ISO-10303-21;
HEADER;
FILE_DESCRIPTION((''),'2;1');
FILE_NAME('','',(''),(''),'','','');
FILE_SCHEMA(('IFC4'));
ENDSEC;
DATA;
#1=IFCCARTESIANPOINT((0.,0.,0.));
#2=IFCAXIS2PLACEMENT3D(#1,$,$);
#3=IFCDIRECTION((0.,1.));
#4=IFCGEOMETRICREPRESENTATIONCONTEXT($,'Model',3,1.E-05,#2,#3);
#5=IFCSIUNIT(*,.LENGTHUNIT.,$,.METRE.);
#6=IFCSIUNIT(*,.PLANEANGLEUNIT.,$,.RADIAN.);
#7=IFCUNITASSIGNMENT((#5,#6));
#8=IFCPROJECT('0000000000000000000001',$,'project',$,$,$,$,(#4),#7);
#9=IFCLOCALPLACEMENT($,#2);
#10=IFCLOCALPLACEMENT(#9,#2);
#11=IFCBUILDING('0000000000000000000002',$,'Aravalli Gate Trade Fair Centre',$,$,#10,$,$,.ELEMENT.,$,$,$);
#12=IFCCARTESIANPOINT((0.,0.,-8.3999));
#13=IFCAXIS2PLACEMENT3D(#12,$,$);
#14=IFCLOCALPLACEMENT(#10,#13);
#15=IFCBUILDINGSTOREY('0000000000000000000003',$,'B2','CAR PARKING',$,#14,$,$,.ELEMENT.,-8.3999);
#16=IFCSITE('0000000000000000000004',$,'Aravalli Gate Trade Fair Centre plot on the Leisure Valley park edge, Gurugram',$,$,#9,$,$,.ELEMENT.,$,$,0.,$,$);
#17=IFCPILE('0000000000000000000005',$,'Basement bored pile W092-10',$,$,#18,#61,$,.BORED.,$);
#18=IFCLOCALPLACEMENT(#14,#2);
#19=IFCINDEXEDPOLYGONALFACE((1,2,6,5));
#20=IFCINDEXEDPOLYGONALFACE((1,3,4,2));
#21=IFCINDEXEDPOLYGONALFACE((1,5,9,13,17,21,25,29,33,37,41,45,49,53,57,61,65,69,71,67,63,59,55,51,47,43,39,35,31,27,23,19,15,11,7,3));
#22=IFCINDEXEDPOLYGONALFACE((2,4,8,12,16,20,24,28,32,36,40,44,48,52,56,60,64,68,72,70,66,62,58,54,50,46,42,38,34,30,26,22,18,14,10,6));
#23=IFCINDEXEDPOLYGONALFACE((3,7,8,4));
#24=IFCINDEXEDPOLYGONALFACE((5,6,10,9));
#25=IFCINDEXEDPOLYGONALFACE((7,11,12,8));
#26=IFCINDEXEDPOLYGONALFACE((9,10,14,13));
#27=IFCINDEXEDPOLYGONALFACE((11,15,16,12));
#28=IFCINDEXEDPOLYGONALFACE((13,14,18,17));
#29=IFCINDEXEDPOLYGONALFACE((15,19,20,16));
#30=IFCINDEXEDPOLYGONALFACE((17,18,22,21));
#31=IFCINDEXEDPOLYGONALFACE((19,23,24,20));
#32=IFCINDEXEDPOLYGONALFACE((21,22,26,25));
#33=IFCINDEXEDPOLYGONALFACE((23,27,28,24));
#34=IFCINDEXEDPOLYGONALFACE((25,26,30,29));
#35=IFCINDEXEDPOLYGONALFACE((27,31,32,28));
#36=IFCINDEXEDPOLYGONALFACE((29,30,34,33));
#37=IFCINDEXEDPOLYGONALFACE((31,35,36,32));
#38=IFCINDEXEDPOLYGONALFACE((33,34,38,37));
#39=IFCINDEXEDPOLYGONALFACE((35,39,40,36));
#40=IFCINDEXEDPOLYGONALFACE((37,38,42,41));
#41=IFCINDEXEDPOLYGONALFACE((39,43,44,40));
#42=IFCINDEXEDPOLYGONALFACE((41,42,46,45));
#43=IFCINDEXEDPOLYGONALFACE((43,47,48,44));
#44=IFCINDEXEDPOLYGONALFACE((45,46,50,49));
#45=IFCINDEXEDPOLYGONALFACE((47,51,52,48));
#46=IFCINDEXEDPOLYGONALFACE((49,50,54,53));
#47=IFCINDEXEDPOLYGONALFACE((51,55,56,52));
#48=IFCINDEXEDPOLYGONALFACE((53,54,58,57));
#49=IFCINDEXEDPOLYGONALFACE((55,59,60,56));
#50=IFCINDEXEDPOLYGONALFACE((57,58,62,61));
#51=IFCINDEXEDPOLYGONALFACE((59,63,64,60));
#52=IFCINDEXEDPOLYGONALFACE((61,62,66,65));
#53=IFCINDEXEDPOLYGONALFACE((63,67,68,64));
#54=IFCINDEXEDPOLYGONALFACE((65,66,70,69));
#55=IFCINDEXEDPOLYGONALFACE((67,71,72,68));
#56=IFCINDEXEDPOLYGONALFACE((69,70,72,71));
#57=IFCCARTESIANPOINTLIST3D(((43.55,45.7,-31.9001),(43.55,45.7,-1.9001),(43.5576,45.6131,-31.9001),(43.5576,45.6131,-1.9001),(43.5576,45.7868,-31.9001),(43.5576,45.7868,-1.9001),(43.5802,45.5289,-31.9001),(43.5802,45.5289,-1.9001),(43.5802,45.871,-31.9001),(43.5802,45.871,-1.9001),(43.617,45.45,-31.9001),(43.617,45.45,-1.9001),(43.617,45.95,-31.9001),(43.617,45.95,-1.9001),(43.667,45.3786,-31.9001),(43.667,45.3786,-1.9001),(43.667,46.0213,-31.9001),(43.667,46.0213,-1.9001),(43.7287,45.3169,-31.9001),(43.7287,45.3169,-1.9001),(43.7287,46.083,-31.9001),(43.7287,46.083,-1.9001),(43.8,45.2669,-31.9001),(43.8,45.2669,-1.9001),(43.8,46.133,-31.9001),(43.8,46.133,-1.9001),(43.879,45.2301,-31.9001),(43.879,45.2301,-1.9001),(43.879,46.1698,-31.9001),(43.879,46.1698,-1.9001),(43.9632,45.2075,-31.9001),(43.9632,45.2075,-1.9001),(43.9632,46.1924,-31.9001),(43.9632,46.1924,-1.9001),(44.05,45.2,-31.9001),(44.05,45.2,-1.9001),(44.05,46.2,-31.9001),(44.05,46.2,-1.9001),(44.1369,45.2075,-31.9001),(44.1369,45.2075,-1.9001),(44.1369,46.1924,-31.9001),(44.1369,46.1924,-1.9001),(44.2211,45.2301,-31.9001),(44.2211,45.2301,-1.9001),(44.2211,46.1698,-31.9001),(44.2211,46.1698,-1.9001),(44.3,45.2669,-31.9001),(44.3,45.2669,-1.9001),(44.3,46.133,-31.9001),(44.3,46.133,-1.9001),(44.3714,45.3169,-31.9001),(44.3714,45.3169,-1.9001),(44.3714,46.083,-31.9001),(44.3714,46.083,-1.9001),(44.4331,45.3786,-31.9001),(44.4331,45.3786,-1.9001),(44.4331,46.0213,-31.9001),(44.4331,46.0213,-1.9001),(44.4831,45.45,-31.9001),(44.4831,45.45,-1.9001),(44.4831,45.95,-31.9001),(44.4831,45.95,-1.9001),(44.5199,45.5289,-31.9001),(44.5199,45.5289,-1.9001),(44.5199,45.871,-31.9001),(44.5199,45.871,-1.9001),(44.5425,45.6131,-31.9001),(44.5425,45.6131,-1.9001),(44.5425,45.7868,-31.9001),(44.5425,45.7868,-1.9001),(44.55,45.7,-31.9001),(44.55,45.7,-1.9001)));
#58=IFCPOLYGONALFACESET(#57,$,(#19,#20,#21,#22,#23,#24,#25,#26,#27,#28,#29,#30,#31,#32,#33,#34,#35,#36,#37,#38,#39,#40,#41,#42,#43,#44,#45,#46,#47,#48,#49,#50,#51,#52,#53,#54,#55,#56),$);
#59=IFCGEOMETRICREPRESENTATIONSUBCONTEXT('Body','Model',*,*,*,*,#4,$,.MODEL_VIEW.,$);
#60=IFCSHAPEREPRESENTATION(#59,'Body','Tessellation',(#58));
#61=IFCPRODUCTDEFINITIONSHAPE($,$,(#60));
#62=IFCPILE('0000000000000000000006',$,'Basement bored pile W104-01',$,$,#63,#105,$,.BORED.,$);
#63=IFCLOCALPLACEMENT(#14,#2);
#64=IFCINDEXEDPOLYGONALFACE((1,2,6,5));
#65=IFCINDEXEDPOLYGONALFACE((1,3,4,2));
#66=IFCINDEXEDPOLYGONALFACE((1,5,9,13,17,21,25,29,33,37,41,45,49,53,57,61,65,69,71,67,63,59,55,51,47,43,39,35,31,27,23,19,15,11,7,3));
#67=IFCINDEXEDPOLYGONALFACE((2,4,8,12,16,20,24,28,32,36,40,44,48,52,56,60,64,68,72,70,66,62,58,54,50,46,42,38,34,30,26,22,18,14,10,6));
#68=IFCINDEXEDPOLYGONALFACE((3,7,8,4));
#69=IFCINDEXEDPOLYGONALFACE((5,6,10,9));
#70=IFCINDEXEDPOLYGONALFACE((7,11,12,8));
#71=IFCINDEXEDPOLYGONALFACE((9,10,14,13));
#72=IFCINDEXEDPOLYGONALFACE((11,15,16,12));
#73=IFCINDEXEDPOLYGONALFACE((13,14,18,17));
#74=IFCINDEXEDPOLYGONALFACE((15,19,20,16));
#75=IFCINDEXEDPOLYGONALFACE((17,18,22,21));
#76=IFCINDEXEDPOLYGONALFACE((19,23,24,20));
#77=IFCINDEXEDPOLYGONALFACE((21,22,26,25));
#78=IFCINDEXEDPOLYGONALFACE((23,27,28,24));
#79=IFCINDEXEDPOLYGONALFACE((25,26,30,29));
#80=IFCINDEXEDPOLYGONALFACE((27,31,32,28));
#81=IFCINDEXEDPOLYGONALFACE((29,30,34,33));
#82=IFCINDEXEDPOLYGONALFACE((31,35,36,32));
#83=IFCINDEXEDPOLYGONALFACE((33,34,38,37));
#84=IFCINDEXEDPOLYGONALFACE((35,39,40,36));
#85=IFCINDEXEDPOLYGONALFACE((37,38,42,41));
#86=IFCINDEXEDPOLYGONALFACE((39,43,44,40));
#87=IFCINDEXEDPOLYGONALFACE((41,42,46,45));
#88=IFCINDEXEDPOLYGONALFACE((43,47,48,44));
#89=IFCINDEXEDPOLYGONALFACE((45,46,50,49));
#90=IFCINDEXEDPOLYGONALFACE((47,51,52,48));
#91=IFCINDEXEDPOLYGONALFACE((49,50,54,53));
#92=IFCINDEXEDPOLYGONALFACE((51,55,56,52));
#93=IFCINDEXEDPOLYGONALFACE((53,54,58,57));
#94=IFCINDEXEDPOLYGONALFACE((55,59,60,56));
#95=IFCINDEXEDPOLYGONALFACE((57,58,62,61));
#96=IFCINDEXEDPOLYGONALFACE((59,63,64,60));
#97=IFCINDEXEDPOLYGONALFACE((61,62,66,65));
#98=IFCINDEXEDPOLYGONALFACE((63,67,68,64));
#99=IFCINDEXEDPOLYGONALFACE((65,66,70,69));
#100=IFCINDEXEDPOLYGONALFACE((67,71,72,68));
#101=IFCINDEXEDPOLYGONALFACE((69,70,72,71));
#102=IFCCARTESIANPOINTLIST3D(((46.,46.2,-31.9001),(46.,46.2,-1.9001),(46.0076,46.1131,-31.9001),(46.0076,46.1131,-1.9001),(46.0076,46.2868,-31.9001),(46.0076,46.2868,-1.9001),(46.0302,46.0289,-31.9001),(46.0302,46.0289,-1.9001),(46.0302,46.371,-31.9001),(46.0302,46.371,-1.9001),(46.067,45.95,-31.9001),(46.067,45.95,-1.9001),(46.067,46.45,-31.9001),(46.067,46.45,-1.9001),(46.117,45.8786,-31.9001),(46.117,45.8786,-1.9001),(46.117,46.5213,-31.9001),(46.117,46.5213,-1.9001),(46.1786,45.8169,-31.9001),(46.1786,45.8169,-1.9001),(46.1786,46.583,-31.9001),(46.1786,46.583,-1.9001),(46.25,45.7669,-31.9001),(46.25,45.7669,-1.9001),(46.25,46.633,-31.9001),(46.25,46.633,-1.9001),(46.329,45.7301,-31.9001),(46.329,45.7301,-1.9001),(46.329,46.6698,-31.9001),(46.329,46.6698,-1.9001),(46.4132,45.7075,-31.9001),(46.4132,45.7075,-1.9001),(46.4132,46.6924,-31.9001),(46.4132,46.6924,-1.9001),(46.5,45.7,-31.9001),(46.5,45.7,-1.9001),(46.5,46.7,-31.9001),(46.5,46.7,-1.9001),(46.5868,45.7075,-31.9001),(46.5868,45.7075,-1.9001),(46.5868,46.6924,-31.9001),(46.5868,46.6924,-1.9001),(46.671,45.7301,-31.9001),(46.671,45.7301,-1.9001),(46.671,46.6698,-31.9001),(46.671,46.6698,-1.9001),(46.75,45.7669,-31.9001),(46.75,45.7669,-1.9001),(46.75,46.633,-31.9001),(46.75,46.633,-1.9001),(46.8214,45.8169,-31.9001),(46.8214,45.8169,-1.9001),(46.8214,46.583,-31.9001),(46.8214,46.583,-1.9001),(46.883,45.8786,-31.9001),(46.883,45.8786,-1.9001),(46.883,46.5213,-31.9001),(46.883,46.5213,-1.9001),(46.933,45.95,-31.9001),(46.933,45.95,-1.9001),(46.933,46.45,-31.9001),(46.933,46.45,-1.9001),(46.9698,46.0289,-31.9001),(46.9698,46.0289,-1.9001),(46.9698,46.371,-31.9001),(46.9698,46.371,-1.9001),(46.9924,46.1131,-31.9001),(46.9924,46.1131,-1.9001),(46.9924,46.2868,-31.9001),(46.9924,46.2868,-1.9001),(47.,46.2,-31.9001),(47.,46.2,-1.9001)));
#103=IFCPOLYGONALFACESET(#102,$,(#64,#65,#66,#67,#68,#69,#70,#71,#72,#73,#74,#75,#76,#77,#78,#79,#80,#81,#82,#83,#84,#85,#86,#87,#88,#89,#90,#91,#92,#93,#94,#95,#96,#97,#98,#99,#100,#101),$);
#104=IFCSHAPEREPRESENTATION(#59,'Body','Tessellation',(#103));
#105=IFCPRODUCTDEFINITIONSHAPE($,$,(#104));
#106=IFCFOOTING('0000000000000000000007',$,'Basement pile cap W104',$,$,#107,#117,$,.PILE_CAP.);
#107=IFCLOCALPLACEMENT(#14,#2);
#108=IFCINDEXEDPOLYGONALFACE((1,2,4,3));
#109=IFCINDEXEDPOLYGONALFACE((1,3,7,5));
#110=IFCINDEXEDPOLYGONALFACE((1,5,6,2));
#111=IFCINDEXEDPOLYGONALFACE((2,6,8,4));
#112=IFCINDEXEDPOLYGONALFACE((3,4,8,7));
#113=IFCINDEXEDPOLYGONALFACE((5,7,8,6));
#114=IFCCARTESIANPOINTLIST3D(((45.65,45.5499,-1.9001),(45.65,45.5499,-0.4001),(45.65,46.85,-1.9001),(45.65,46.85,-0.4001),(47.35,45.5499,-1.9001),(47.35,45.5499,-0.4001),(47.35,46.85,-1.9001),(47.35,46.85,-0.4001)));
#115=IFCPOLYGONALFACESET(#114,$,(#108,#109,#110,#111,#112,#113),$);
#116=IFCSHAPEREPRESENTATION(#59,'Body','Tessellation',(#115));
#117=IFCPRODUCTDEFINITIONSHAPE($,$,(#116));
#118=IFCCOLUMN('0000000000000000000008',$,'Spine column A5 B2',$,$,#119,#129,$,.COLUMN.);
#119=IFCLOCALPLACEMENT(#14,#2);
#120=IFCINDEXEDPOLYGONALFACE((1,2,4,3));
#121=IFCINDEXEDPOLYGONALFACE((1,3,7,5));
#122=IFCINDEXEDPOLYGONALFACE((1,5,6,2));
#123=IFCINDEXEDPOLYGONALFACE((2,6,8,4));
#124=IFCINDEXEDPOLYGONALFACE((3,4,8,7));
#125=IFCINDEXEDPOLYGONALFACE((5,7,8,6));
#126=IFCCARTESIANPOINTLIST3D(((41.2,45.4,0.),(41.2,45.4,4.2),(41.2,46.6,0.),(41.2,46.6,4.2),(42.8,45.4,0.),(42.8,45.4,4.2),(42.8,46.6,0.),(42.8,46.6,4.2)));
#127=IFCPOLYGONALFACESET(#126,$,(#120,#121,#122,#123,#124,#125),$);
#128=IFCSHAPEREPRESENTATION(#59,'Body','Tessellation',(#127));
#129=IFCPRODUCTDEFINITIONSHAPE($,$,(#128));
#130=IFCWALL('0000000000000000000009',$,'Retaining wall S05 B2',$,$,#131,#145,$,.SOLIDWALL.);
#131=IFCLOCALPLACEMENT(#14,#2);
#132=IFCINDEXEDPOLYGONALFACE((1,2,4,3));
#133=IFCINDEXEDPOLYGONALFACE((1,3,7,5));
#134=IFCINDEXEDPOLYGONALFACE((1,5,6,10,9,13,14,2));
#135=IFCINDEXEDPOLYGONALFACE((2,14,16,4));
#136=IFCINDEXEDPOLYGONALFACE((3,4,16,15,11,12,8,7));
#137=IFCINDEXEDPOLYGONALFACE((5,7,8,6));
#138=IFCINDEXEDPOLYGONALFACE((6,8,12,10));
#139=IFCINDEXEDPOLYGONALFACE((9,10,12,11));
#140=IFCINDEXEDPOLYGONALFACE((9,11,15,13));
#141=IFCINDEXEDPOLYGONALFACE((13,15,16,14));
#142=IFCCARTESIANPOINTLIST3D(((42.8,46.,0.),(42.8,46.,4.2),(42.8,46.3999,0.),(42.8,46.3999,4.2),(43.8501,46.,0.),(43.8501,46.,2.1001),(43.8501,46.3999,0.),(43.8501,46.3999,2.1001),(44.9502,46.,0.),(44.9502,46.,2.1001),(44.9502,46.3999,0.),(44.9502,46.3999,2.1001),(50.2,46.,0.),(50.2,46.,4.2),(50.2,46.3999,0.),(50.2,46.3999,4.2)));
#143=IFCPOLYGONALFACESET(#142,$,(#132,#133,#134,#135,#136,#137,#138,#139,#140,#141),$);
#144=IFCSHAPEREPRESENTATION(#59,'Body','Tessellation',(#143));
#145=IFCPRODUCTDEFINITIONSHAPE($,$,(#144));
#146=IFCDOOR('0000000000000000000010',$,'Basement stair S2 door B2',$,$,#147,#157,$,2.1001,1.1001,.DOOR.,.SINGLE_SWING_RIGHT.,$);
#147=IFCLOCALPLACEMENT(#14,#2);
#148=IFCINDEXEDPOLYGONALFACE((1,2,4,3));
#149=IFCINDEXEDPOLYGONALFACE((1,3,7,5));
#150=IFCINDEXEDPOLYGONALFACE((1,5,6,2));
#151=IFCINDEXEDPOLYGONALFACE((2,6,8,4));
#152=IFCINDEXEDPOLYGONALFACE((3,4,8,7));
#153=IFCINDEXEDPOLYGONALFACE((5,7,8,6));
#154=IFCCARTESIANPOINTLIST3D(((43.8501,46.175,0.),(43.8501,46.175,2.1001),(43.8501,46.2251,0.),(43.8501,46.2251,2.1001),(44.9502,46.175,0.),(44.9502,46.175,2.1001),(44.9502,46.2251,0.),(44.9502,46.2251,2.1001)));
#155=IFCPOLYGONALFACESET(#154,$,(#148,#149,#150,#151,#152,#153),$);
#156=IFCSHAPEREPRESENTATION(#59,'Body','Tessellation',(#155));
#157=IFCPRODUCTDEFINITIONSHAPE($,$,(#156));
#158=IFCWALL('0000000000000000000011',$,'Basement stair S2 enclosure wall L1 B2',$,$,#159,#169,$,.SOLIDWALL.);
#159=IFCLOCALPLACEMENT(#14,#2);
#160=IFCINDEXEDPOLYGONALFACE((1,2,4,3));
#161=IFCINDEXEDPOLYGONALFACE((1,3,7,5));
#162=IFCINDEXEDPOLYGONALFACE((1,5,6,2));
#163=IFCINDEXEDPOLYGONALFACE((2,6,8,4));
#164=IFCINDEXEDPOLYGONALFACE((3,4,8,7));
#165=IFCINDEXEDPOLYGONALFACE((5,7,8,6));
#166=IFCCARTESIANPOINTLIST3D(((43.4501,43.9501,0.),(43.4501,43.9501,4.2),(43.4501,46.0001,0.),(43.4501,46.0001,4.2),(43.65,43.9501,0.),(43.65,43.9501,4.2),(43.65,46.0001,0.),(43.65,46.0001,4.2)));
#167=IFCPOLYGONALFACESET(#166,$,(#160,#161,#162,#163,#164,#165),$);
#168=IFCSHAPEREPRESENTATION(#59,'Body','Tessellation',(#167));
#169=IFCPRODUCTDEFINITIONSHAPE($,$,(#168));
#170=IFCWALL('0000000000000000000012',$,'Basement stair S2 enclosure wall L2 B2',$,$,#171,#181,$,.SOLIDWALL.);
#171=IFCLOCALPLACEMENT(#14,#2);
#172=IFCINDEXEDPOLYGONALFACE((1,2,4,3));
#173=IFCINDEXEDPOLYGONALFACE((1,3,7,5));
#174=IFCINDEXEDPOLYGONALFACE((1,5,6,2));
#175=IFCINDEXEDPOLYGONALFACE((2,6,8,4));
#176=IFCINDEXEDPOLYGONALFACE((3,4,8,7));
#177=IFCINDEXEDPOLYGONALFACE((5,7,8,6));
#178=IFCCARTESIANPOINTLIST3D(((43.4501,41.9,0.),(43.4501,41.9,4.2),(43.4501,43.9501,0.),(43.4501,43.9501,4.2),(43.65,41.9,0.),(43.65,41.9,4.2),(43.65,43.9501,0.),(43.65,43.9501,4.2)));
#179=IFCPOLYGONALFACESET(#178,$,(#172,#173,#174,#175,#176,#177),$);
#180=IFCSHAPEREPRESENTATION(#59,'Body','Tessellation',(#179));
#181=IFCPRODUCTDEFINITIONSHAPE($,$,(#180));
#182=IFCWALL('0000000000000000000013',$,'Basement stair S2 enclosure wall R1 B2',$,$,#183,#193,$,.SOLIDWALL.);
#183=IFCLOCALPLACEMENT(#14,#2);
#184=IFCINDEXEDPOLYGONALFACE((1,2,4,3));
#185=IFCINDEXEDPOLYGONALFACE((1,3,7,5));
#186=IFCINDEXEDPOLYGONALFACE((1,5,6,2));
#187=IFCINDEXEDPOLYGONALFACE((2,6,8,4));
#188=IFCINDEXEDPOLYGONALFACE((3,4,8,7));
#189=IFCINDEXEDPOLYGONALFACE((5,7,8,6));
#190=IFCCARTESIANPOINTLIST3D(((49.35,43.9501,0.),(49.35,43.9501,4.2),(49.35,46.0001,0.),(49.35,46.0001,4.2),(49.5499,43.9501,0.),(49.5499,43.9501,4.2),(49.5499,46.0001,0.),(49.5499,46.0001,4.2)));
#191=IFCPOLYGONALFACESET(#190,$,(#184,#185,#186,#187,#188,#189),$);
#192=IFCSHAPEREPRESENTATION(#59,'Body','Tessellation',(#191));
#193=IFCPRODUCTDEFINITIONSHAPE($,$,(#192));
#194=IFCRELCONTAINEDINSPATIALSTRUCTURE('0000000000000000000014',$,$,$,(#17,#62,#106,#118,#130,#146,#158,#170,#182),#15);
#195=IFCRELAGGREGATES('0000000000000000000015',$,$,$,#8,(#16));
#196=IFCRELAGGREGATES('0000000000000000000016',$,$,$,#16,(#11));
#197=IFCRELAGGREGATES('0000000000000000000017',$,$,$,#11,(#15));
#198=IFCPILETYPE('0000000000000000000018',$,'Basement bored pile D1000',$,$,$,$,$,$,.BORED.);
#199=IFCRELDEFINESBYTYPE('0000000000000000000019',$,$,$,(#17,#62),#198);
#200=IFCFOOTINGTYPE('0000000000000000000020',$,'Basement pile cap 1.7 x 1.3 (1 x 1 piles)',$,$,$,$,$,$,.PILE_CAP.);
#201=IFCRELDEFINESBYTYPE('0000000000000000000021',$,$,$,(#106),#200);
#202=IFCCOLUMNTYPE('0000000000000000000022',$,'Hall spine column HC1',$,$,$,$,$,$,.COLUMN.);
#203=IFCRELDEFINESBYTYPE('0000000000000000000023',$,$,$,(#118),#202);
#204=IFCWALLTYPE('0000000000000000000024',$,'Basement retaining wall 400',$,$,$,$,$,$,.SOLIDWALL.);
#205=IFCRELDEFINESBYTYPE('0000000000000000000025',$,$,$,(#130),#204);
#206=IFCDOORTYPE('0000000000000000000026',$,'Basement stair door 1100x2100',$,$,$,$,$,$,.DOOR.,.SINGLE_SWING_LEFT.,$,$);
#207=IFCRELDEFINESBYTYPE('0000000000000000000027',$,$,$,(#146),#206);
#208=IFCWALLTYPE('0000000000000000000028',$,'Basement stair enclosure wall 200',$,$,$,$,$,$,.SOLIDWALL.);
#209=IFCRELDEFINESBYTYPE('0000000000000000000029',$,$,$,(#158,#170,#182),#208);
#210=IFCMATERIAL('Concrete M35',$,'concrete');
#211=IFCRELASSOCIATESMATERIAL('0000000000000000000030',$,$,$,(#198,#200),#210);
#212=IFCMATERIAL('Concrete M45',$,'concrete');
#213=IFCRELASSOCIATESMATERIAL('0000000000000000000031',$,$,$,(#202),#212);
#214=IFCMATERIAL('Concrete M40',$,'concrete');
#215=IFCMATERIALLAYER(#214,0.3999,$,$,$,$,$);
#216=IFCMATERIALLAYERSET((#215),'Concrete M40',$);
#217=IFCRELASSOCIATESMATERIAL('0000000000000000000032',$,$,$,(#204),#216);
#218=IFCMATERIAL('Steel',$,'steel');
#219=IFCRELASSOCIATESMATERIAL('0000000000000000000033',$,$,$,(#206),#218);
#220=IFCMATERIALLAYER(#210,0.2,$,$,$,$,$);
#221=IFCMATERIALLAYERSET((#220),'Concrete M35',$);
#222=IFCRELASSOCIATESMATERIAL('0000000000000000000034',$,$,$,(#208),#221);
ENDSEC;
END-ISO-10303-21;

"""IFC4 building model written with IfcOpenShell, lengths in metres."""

from ifc_helpers import new_model, si_unit, direction, frame, frame_2d, origin, origin_2d, place, context, subcontext, project, spatial, rectangle, circle, extrude, material, layer, layer_set, material_profile, profile_set, type_object, element, fill, save


model = new_model("IFC4")

# Units and contexts
model_context = context("Model", 3, precision=1e-05, world=origin(), true_north=direction((0.0, 1.0)))
body_context = subcontext(model_context, "Body", "Model", "MODEL_VIEW")
ifc_project = project(units=[si_unit("LENGTHUNIT", "METRE"), si_unit("PLANEANGLEUNIT", "RADIAN")], contexts=[model_context])

# Site, building, storey
site_placement = place(None, origin())
site = spatial("IfcSite", under=ifc_project, at=site_placement, Name="Aravalli Gate Trade Fair Centre plot on the Leisure Valley park edge, Gurugram", CompositionType="ELEMENT", RefElevation=0.0)
building_placement = place(site_placement, origin())
building = spatial("IfcBuilding", under=site, at=building_placement, Name="Aravalli Gate Trade Fair Centre", CompositionType="ELEMENT")
storey_placement = place(building_placement, frame((0.0, 0.0, -8.3999)))
storey = spatial("IfcBuildingStorey", under=building, at=storey_placement, Name="B2", Description="CAR PARKING", CompositionType="ELEMENT", Elevation=-8.3999)

# Piles
ifc_material_1 = material(Name="Concrete M35", Category="concrete")
ifc_material_profile_1 = material_profile(ifc_material_1, circle(Radius=0.5, at=origin_2d()), Name="D1000")
ifc_profile_set_1 = profile_set([ifc_material_profile_1], Name="Concrete M35")
pile_type = type_object("IfcPileType", Name="Basement bored pile D1000", PredefinedType="BORED", material=ifc_profile_set_1)
for number, where, z_axis, x_axis, name in (
    (1, (44.05, 45.7, -1.9001), (0.0, 0.0, -1.0), (1.0, 0.0, 0.0), "Basement bored pile W092-10"),
    (2, (46.5, 46.2, -1.9001), (0.0, 0.0, -1.0), (1.0, 0.0, 0.0), "Basement bored pile W104-01"),
):
    element("IfcPile", number, at=place(storey_placement, frame(where, z_axis=z_axis, x_axis=x_axis)), inside=storey, type_object=pile_type, Name=name, PredefinedType="BORED", context=body_context, shape_type="SweptSolid", body=[
        extrude(circle(Radius=0.5, at=origin_2d()), origin(), (0.0, 0.0, 1.0), 30.0),
    ])

# Footing
footing_type = type_object("IfcFootingType", Name="Basement pile cap 1.7 x 1.3 (1 x 1 piles)", PredefinedType="PILE_CAP", material=ifc_material_1)
footing_placement = place(storey_placement, frame((46.5, 46.2, -1.9001), z_axis=(0.0, 0.0, 1.0), x_axis=(1.0, 0.0, 0.0)))
element("IfcFooting", 3, at=footing_placement, inside=storey, type_object=footing_type, Name="Basement pile cap W104", PredefinedType="PILE_CAP", context=body_context, shape_type="SweptSolid", body=[
    extrude(rectangle(XDim=1.7, YDim=1.3, at=origin_2d()), origin(), (0.0, 0.0, 1.0), 1.5),
])

# Column
ifc_material_2 = material(Name="Concrete M45", Category="concrete")
ifc_material_profile_2 = material_profile(ifc_material_2, rectangle(XDim=1.6001, YDim=1.2, at=origin_2d()), Name="RC 1600x1200")
ifc_profile_set_2 = profile_set([ifc_material_profile_2], Name="Concrete M45")
column_type = type_object("IfcColumnType", Name="Hall spine column HC1", PredefinedType="COLUMN", material=ifc_profile_set_2)
column_placement = place(storey_placement, frame((42.0, 46.0, 0.0), z_axis=(0.0, 0.0, 1.0), x_axis=(1.0, 0.0, 0.0)))
element("IfcColumn", 4, at=column_placement, inside=storey, type_object=column_type, Name="Spine column A5 B2", PredefinedType="COLUMN", context=body_context, shape_type="SweptSolid", body=[
    extrude(rectangle(XDim=1.6001, YDim=1.2, at=origin_2d()), origin(), (0.0, 0.0, 1.0), 4.2),
])

# Wall, opening, door
ifc_material_3 = material(Name="Concrete M40", Category="concrete")
ifc_layer_1 = layer(ifc_material_3, 0.3999)
ifc_layer_set_1 = layer_set([ifc_layer_1], Name="Concrete M40")
wall_type_1 = type_object("IfcWallType", Name="Basement retaining wall 400", PredefinedType="SOLIDWALL", material=ifc_layer_set_1)
wall_1_placement = place(storey_placement, frame((42.8, 46.2, 0.0), z_axis=(0.0, 0.0, 1.0), x_axis=(1.0, 0.0, 0.0)))
wall_1 = element("IfcWall", 5, at=wall_1_placement, inside=storey, type_object=wall_type_1, Name="Retaining wall S05 B2", PredefinedType="SOLIDWALL", context=body_context, shape_type="SweptSolid", body=[
    extrude(rectangle(XDim=7.3999, YDim=0.3999, at=frame_2d((3.7, 0.0))), origin(), (0.0, 0.0, 1.0), 4.2),
])
opening_placement = place(wall_1_placement, frame((1.05, 0.0, 0.0)))
opening = element("IfcOpeningElement", 6, at=opening_placement, cuts=wall_1, PredefinedType="OPENING", context=body_context, shape_type="SweptSolid", body=[
    extrude(rectangle(XDim=1.1001, YDim=2.1001, at=frame_2d((0.55, 1.05))), frame((0.0, 0.21, 0.0), z_axis=(0.0, -1.0, 0.0), x_axis=(1.0, 0.0, 0.0)), (0.0, 0.0, 1.0), 0.4199),
])
ifc_material_4 = material(Name="Steel", Category="steel")
door_type = type_object("IfcDoorType", Name="Basement stair door 1100x2100", OperationType="SINGLE_SWING_LEFT", PredefinedType="DOOR", material=ifc_material_4)
door_placement = place(opening_placement, frame((1.1001, 0.0, 0.0), z_axis=(0.0, 0.0, 1.0), x_axis=(-1.0, 0.0, 0.0)))
door = element("IfcDoor", 7, at=door_placement, inside=storey, type_object=door_type, Name="Basement stair S2 door B2", OperationType="SINGLE_SWING_RIGHT", OverallHeight=2.1001, OverallWidth=1.1001, PredefinedType="DOOR", context=body_context, shape_type="SweptSolid", body=[
    extrude(rectangle(XDim=1.1001, YDim=2.1001, at=frame_2d((0.55, 1.05))), frame((0.0, 0.0249, 0.0), z_axis=(0.0, -1.0, 0.0), x_axis=(1.0, 0.0, 0.0)), (0.0, 0.0, 1.0), 0.05),
])
fill(opening, door)

# Walls
ifc_layer_2 = layer(ifc_material_1, 0.2)
ifc_layer_set_2 = layer_set([ifc_layer_2], Name="Concrete M35")
wall_type_2 = type_object("IfcWallType", Name="Basement stair enclosure wall 200", PredefinedType="SOLIDWALL", material=ifc_layer_set_2)
for number, where, z_axis, x_axis, name in (
    (8, (43.55, 46.0, 0.0), (0.0, 0.0, 1.0), (0.0, -1.0, 0.0), "Basement stair S2 enclosure wall L1 B2"),
    (9, (43.55, 43.95, 0.0), (0.0, 0.0, 1.0), (0.0, -1.0, 0.0), "Basement stair S2 enclosure wall L2 B2"),
    (10, (49.45, 46.0, 0.0), (0.0, 0.0, 1.0), (0.0, -1.0, 0.0), "Basement stair S2 enclosure wall R1 B2"),
):
    element("IfcWall", number, at=place(storey_placement, frame(where, z_axis=z_axis, x_axis=x_axis)), inside=storey, type_object=wall_type_2, Name=name, PredefinedType="SOLIDWALL", context=body_context, shape_type="SweptSolid", body=[
        extrude(rectangle(XDim=2.05, YDim=0.2, at=frame_2d((1.0249, 0.0))), origin(), (0.0, 0.0, 1.0), 4.2),
    ])

save(model, "model.ifc")
